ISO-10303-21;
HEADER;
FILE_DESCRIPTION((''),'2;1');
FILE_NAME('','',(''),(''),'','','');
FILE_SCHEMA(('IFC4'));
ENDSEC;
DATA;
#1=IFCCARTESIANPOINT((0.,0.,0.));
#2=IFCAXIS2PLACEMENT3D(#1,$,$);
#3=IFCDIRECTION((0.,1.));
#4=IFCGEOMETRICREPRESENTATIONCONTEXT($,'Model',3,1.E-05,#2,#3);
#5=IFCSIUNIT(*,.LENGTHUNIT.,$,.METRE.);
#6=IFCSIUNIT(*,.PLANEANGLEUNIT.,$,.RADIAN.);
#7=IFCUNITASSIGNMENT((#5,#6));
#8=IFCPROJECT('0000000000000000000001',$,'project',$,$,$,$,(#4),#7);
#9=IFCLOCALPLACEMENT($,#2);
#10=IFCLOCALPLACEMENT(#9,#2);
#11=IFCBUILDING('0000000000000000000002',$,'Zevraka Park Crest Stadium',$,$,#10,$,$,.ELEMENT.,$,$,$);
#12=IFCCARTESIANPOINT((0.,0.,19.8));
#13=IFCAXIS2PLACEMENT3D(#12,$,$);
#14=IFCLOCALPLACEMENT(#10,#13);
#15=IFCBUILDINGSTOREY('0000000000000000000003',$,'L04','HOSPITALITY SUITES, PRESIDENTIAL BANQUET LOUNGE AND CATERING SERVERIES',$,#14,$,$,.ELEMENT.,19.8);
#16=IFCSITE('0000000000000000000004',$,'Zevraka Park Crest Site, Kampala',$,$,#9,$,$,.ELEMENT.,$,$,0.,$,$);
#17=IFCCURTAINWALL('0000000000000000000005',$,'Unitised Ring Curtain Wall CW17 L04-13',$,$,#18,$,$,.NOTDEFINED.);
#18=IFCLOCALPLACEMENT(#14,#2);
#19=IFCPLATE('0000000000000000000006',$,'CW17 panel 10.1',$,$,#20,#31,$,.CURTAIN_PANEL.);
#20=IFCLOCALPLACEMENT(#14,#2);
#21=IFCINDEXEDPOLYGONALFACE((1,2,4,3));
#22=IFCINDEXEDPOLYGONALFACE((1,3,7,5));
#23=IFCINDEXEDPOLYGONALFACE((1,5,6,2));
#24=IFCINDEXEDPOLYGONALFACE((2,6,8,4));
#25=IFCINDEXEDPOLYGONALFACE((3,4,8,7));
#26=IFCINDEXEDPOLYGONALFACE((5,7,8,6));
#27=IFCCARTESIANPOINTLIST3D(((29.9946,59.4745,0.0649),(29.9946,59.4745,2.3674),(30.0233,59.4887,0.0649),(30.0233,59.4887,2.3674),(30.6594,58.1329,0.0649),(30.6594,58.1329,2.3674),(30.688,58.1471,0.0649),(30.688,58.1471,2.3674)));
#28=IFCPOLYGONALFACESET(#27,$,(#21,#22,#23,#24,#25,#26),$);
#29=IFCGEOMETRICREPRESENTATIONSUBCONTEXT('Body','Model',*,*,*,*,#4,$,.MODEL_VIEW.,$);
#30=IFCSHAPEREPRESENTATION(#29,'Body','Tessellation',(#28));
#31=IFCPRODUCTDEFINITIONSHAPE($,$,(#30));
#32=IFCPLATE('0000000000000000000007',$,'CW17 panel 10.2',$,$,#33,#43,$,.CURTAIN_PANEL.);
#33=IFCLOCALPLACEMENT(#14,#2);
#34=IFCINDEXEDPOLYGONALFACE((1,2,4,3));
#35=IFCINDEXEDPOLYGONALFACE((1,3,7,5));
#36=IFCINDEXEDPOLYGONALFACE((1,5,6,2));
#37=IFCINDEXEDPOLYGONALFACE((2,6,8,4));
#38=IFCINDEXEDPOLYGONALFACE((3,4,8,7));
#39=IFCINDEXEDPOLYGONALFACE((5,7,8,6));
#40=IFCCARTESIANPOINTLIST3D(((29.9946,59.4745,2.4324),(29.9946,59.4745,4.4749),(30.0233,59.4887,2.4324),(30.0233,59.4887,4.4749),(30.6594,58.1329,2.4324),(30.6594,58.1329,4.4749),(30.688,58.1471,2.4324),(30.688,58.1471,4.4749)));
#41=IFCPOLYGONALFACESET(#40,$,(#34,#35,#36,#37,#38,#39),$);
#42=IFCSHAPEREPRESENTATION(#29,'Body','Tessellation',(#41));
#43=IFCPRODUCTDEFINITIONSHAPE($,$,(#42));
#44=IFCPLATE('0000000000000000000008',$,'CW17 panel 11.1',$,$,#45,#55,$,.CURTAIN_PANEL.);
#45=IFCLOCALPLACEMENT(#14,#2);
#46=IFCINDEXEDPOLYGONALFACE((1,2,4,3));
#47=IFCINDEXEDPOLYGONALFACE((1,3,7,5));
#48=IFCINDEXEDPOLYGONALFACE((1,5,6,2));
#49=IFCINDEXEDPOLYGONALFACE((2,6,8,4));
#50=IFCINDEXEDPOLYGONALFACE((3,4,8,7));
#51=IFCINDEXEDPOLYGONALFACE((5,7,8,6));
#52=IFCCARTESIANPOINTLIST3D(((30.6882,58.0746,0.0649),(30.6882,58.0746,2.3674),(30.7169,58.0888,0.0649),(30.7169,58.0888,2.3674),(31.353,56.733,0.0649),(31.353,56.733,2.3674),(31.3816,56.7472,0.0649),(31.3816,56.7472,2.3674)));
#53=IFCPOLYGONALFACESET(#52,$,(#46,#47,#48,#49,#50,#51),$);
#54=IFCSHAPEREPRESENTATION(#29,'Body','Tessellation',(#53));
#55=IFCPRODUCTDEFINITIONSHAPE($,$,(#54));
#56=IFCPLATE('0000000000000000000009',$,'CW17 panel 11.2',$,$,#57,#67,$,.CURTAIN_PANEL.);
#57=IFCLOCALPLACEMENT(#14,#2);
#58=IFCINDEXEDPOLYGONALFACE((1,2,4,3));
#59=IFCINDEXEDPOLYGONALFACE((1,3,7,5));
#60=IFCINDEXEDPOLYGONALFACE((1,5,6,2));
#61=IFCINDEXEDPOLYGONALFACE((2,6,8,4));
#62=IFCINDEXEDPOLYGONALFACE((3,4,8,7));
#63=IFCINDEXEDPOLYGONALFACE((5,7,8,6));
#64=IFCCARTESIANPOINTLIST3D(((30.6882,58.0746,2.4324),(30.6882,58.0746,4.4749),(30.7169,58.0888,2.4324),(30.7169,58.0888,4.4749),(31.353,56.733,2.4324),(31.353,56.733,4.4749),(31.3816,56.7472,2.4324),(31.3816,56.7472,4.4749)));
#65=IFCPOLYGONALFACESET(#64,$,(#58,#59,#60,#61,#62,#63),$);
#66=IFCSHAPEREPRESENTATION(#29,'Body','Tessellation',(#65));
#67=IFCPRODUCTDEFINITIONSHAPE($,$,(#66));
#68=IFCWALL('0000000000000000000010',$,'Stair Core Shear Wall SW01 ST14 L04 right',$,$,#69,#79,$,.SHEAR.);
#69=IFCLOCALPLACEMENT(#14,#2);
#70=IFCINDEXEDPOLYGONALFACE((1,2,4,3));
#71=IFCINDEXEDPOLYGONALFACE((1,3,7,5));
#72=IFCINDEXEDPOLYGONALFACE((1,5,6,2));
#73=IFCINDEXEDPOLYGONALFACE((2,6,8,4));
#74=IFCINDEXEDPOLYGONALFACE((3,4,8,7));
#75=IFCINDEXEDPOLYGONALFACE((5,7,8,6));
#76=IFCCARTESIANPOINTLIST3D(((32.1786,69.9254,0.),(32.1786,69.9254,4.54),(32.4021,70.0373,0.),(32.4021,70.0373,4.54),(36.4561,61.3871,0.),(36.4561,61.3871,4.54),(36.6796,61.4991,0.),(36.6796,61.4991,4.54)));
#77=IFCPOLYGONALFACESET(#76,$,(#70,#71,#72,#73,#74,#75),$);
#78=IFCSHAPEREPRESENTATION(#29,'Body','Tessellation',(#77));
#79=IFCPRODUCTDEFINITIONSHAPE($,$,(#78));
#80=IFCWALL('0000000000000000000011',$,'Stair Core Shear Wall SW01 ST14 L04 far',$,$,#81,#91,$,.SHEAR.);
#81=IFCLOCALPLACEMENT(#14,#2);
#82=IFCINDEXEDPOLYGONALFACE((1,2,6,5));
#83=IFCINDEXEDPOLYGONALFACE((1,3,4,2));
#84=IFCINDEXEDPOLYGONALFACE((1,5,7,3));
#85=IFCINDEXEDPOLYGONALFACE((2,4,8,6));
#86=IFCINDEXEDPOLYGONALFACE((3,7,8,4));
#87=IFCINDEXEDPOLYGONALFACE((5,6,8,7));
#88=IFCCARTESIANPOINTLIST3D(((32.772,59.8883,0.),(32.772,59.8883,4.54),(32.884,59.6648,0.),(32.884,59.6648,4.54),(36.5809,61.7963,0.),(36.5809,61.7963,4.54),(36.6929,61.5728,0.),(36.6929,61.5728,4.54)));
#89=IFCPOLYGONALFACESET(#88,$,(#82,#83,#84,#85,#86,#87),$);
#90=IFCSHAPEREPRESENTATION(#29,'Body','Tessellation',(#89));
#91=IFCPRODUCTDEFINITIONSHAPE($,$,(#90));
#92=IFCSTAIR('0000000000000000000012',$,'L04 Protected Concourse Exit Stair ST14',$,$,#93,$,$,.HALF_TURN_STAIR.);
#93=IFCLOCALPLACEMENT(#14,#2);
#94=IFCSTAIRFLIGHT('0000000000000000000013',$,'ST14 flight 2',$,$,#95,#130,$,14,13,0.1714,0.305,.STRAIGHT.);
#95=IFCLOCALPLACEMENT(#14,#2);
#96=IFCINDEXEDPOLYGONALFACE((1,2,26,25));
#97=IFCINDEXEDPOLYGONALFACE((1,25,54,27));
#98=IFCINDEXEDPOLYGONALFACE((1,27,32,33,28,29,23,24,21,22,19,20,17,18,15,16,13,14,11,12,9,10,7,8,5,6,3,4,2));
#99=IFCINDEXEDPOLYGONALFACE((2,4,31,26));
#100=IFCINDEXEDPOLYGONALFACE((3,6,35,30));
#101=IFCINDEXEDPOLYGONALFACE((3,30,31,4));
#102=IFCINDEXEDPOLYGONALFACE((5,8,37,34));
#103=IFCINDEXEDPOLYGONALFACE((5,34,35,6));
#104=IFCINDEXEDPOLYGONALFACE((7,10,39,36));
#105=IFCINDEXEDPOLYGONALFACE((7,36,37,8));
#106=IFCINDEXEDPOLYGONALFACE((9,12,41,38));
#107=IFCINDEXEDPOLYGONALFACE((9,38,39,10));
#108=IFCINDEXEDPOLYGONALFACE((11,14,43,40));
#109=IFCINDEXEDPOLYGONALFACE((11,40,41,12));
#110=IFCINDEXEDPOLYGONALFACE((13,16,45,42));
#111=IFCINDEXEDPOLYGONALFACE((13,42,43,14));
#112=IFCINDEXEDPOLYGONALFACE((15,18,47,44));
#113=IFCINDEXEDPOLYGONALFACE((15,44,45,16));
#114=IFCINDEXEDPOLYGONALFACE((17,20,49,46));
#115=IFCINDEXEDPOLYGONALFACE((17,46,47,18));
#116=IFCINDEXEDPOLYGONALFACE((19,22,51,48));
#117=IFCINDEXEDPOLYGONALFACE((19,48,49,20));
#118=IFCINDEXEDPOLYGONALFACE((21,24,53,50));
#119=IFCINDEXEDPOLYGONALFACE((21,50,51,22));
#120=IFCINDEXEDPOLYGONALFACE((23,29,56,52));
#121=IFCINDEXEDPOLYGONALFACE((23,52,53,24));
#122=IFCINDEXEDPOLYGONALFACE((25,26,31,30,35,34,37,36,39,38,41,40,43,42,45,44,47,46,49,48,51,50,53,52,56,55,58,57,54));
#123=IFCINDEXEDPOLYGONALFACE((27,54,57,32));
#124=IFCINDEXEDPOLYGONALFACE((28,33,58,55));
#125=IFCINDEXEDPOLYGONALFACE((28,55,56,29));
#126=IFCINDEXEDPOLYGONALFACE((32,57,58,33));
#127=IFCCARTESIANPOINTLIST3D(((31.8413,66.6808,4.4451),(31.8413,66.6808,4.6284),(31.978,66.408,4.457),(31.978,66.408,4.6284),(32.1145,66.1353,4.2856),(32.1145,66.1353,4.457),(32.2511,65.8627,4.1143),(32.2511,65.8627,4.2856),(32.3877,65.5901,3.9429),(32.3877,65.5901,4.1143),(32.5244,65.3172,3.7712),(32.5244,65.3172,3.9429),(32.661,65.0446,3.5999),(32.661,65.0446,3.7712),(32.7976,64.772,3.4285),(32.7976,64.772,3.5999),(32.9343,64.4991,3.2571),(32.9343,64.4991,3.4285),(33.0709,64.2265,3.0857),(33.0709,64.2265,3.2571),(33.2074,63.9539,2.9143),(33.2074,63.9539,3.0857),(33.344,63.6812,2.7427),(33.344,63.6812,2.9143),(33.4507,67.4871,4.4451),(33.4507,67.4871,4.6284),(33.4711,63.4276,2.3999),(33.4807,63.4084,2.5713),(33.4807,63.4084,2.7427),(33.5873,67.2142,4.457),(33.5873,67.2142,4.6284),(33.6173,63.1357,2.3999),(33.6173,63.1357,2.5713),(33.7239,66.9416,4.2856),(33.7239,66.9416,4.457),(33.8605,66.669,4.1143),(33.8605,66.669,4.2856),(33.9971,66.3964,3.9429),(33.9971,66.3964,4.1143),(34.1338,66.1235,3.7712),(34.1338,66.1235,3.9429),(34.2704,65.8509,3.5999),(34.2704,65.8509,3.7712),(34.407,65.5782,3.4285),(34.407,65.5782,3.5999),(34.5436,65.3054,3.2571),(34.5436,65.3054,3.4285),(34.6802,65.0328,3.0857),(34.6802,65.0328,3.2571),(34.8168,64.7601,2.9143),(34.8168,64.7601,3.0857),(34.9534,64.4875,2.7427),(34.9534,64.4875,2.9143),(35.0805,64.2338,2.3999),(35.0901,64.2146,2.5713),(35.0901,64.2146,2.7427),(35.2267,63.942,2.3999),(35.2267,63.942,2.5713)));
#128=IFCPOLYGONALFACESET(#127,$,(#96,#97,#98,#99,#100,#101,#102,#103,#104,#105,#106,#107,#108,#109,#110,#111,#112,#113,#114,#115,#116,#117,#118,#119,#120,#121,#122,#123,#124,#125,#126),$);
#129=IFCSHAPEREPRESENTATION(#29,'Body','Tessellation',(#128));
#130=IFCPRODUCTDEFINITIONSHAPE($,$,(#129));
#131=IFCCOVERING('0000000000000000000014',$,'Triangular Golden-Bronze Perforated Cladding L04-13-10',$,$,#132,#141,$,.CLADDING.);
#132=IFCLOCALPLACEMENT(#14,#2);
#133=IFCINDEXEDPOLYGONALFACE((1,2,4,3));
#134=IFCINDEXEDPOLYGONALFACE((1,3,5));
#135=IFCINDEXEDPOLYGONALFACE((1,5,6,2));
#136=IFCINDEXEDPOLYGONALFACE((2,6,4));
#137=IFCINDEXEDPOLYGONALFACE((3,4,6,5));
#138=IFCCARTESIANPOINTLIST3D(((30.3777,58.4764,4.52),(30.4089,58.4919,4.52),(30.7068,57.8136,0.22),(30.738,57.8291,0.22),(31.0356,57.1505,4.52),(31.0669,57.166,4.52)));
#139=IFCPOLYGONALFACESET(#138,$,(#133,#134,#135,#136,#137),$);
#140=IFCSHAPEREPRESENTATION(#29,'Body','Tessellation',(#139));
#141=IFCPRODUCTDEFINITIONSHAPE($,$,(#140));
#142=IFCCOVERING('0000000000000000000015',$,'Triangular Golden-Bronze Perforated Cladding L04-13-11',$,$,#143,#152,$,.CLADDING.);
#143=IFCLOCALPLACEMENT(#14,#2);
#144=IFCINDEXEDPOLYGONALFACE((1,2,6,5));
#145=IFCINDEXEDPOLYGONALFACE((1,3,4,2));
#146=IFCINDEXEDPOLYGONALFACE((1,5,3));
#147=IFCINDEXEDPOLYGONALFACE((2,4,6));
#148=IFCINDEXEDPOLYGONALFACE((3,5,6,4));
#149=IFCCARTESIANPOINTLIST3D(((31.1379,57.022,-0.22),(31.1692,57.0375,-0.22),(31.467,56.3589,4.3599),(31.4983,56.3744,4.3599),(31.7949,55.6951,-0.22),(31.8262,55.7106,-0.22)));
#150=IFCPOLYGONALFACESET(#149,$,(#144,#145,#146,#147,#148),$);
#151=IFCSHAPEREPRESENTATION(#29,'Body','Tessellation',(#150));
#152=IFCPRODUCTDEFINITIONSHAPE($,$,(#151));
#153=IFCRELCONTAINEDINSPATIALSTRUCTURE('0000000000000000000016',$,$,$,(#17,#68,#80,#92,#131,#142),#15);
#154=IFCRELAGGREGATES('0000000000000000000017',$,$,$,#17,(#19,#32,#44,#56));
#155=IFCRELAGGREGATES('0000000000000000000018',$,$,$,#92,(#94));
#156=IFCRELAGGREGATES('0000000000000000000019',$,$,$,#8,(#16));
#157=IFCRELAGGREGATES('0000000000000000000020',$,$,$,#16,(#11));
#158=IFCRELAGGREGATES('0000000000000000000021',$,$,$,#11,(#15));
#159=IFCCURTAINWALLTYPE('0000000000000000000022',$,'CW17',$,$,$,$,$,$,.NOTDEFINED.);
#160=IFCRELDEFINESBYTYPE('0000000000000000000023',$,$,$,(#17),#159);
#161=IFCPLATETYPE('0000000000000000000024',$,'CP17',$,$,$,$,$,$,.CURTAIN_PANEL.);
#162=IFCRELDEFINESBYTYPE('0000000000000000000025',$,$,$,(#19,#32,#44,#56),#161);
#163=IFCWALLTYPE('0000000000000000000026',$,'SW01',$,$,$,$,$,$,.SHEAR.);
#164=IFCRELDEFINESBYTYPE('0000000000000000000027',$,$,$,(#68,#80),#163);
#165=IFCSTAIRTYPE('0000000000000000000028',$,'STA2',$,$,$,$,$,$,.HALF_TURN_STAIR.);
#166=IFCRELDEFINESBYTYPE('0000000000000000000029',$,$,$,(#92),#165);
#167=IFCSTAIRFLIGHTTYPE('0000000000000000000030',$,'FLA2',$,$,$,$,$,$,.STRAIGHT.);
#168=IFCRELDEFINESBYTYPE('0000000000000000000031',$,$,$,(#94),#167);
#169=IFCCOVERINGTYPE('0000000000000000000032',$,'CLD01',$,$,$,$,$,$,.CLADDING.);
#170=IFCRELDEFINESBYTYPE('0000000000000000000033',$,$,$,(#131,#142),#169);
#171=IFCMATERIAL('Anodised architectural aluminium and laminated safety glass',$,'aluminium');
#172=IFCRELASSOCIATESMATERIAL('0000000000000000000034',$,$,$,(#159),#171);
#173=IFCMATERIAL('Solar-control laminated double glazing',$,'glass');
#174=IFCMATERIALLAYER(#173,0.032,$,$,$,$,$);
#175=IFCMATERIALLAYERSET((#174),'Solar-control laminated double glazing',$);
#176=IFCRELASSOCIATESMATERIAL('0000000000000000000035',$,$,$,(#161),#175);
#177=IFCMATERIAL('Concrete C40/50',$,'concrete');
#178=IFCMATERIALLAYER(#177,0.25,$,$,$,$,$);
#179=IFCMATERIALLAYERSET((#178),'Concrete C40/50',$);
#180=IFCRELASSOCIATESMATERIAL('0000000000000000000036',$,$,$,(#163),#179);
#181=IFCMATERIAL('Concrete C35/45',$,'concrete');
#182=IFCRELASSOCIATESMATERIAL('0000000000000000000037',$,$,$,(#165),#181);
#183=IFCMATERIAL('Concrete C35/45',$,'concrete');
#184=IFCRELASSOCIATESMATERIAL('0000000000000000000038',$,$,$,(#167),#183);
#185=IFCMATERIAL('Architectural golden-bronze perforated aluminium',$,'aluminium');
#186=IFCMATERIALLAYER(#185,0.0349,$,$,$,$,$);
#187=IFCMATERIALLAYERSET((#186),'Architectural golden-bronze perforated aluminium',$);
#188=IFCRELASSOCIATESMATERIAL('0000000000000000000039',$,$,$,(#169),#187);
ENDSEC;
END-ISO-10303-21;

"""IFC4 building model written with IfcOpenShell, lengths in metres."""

from ifc_helpers import new_model, si_unit, direction, frame, frame_2d, origin, origin_2d, place, context, subcontext, project, spatial, polyline, rectangle, outline, extrude, material, layer, layer_set, type_object, element, aggregate, save


model = new_model("IFC4")

# Units and contexts
model_context = context("Model", 3, precision=1e-05, world=origin(), true_north=direction((0.0, 1.0)))
body_context = subcontext(model_context, "Body", "Model", "MODEL_VIEW")
ifc_project = project(units=[si_unit("LENGTHUNIT", "METRE"), si_unit("PLANEANGLEUNIT", "RADIAN")], contexts=[model_context])

# Site, building, storey
site_placement = place(None, origin())
site = spatial("IfcSite", under=ifc_project, at=site_placement, Name="Zevraka Park Crest Site, Kampala", CompositionType="ELEMENT", RefElevation=0.0)
building_placement = place(site_placement, origin())
building = spatial("IfcBuilding", under=site, at=building_placement, Name="Zevraka Park Crest Stadium", CompositionType="ELEMENT")
storey_placement = place(building_placement, frame((0.0, 0.0, 19.8)))
storey = spatial("IfcBuildingStorey", under=building, at=storey_placement, Name="L04", Description="HOSPITALITY SUITES, PRESIDENTIAL BANQUET LOUNGE AND CATERING SERVERIES", CompositionType="ELEMENT", Elevation=19.8)

# Curtain wall
ifc_material_1 = material(Name="Anodised architectural aluminium and laminated safety glass", Category="aluminium")
curtain_wall_type = type_object("IfcCurtainWallType", Name="CW17", PredefinedType="NOTDEFINED", material=ifc_material_1)
curtain_wall_placement = place(storey_placement, origin())
curtain_wall = element("IfcCurtainWall", 1, at=curtain_wall_placement, inside=storey, type_object=curtain_wall_type, Name="Unitised Ring Curtain Wall CW17 L04-13", PredefinedType="NOTDEFINED")

# Plates
ifc_material_2 = material(Name="Solar-control laminated double glazing", Category="glass")
ifc_layer_1 = layer(ifc_material_2, 0.032)
ifc_layer_set_1 = layer_set([ifc_layer_1], Name="Solar-control laminated double glazing")
plate_type = type_object("IfcPlateType", Name="CP17", PredefinedType="CURTAIN_PANEL", material=ifc_layer_set_1)
plate_1_placement = place(storey_placement, frame((30.3413, 58.8108, 0.0649), z_axis=(0.0, 0.0, 1.0), x_axis=(0.443961, -0.896046, 0.0)))
plate_1 = element("IfcPlate", 2, at=plate_1_placement, type_object=plate_type, Name="CW17 panel 10.1", PredefinedType="CURTAIN_PANEL", context=body_context, shape_type="SweptSolid", body=[
    extrude(rectangle(XDim=1.4973, YDim=0.032, at=origin_2d()), origin(), (0.0, 0.0, 1.0), 2.3025),
])
plate_2_placement = place(storey_placement, frame((30.3413, 58.8108, 2.4324), z_axis=(0.0, 0.0, 1.0), x_axis=(0.443961, -0.896046, 0.0)))
plate_2 = element("IfcPlate", 3, at=plate_2_placement, type_object=plate_type, Name="CW17 panel 10.2", PredefinedType="CURTAIN_PANEL", context=body_context, shape_type="SweptSolid", body=[
    extrude(rectangle(XDim=1.4973, YDim=0.032, at=origin_2d()), origin(), (0.0, 0.0, 1.0), 2.0425),
])
plate_3_placement = place(storey_placement, frame((31.0349, 57.4109, 0.0649), z_axis=(0.0, 0.0, 1.0), x_axis=(0.443961, -0.896046, 0.0)))
plate_3 = element("IfcPlate", 4, at=plate_3_placement, type_object=plate_type, Name="CW17 panel 11.1", PredefinedType="CURTAIN_PANEL", context=body_context, shape_type="SweptSolid", body=[
    extrude(rectangle(XDim=1.4973, YDim=0.032, at=origin_2d()), origin(), (0.0, 0.0, 1.0), 2.3025),
])
plate_4_placement = place(storey_placement, frame((31.0349, 57.4109, 2.4324), z_axis=(0.0, 0.0, 1.0), x_axis=(0.443961, -0.896046, 0.0)))
plate_4 = element("IfcPlate", 5, at=plate_4_placement, type_object=plate_type, Name="CW17 panel 11.2", PredefinedType="CURTAIN_PANEL", context=body_context, shape_type="SweptSolid", body=[
    extrude(rectangle(XDim=1.4973, YDim=0.032, at=origin_2d()), origin(), (0.0, 0.0, 1.0), 2.0425),
])
aggregate(curtain_wall, [plate_1, plate_2, plate_3, plate_4])

# Walls
ifc_material_3 = material(Name="Concrete C40/50", Category="concrete")
ifc_layer_2 = layer(ifc_material_3, 0.25)
ifc_layer_set_2 = layer_set([ifc_layer_2], Name="Concrete C40/50")
wall_type = type_object("IfcWallType", Name="SW01", PredefinedType="SHEAR", material=ifc_layer_set_2)
wall_1_placement = place(storey_placement, frame((36.5679, 61.4431, 0.0), z_axis=(0.0, 0.0, 1.0), x_axis=(-0.447919, 0.894074, 0.0)))
element("IfcWall", 6, at=wall_1_placement, inside=storey, type_object=wall_type, Name="Stair Core Shear Wall SW01 ST14 L04 right", PredefinedType="SHEAR", context=body_context, shape_type="SweptSolid", body=[
    extrude(rectangle(XDim=9.5498, YDim=0.25, at=frame_2d((4.7749, 0.0))), origin(), (0.0, 0.0, 1.0), 4.54),
])
wall_2_placement = place(storey_placement, frame((32.8281, 59.7766, 0.0), z_axis=(0.0, 0.0, 1.0), x_axis=(0.894095, 0.447878, 0.0)))
element("IfcWall", 7, at=wall_2_placement, inside=storey, type_object=wall_type, Name="Stair Core Shear Wall SW01 ST14 L04 far", PredefinedType="SHEAR", context=body_context, shape_type="SweptSolid", body=[
    extrude(rectangle(XDim=4.26, YDim=0.25, at=frame_2d((2.1299, 0.0))), origin(), (0.0, 0.0, 1.0), 4.54),
])

# Stair, stair flight
ifc_material_4 = material(Name="Concrete C35/45", Category="concrete")
stair_type = type_object("IfcStairType", Name="STA2", PredefinedType="HALF_TURN_STAIR", material=ifc_material_4)
stair_placement = place(storey_placement, origin())
stair = element("IfcStair", 8, at=stair_placement, inside=storey, type_object=stair_type, Name="L04 Protected Concourse Exit Stair ST14", PredefinedType="HALF_TURN_STAIR")
ifc_material_5 = material(Name="Concrete C35/45", Category="concrete")
stair_flight_type = type_object("IfcStairFlightType", Name="FLA2", PredefinedType="STRAIGHT", material=ifc_material_5)
stair_flight_placement = place(storey_placement, frame((34.4219, 63.5388, 2.3999), z_axis=(0.0, 0.0, 1.0), x_axis=(-0.447915, 0.894076, 0.0)))
stair_flight = element("IfcStairFlight", 9, at=stair_flight_placement, type_object=stair_flight_type, Name="ST14 flight 2", NumberOfRisers=14, NumberOfTreads=13, PredefinedType="STRAIGHT", RiserHeight=0.1714, TreadLength=0.305, context=body_context, shape_type="SweptSolid", body=[
    extrude(outline(polyline([(0.0, 0.0), (0.0, 0.1714), (0.3049, 0.1714), (0.3049, 0.3428), (0.6101, 0.3428), (0.6101, 0.5144), (0.915, 0.5144), (0.915, 0.6858), (1.22, 0.6858), (1.22, 0.8572), (1.5249, 0.8572), (1.5249, 1.0286), (1.8301, 1.0286), (1.8301, 1.2), (2.135, 1.2), (2.135, 1.3713), (2.4399, 1.3713), (2.4399, 1.543), (2.7451, 1.543), (2.7451, 1.7144), (3.05, 1.7144), (3.05, 1.8857), (3.355, 1.8857), (3.355, 2.0571), (3.6599, 2.0571), (3.6599, 2.2285), (3.9651, 2.2285), (3.9651, 2.3999), (3.9651, 2.0452), (0.3264, 0.0), (0.0, 0.0)])), frame((0.0, 0.8999, 0.0), z_axis=(0.0, -1.0, 0.0), x_axis=(1.0, 0.0, 0.0)), (0.0, 0.0, 1.0), 1.8),
])
aggregate(stair, [stair_flight])

# Coverings
ifc_material_6 = material(Name="Architectural golden-bronze perforated aluminium", Category="aluminium")
ifc_layer_3 = layer(ifc_material_6, 0.0349)
ifc_layer_set_3 = layer_set([ifc_layer_3], Name="Architectural golden-bronze perforated aluminium")
covering_type = type_object("IfcCoveringType", Name="CLD01", PredefinedType="CLADDING", material=ifc_layer_set_3)
covering_1_placement = place(storey_placement, frame((31.0669, 57.166, 4.52), z_axis=(0.895776, 0.444507, 0.000038), x_axis=(-0.444507, 0.895776, 0.0)))
element("IfcCovering", 10, at=covering_1_placement, inside=storey, type_object=covering_type, Name="Triangular Golden-Bronze Perforated Cladding L04-13-10", PredefinedType="CLADDING", context=body_context, shape_type="SweptSolid", body=[
    extrude(outline(polyline([(0.0, 0.0), (1.4802, 0.0), (0.7402, -4.3), (0.0, 0.0)])), origin(), (0.0, 0.0, -1.0), 0.0349),
])
covering_2_placement = place(storey_placement, frame((31.1379, 57.022, -0.22), z_axis=(-0.896168, -0.443715, 0.000155), x_axis=(0.443715, -0.896168, 0.0)))
element("IfcCovering", 11, at=covering_2_placement, inside=storey, type_object=covering_type, Name="Triangular Golden-Bronze Perforated Cladding L04-13-11", PredefinedType="CLADDING", context=body_context, shape_type="SweptSolid", body=[
    extrude(outline(polyline([(0.0, 0.0), (1.4806, 0.0), (0.7403, 4.5798), (0.0, 0.0)])), origin(), (0.0, 0.0, -1.0), 0.0349),
])

save(model, "model.ifc")
